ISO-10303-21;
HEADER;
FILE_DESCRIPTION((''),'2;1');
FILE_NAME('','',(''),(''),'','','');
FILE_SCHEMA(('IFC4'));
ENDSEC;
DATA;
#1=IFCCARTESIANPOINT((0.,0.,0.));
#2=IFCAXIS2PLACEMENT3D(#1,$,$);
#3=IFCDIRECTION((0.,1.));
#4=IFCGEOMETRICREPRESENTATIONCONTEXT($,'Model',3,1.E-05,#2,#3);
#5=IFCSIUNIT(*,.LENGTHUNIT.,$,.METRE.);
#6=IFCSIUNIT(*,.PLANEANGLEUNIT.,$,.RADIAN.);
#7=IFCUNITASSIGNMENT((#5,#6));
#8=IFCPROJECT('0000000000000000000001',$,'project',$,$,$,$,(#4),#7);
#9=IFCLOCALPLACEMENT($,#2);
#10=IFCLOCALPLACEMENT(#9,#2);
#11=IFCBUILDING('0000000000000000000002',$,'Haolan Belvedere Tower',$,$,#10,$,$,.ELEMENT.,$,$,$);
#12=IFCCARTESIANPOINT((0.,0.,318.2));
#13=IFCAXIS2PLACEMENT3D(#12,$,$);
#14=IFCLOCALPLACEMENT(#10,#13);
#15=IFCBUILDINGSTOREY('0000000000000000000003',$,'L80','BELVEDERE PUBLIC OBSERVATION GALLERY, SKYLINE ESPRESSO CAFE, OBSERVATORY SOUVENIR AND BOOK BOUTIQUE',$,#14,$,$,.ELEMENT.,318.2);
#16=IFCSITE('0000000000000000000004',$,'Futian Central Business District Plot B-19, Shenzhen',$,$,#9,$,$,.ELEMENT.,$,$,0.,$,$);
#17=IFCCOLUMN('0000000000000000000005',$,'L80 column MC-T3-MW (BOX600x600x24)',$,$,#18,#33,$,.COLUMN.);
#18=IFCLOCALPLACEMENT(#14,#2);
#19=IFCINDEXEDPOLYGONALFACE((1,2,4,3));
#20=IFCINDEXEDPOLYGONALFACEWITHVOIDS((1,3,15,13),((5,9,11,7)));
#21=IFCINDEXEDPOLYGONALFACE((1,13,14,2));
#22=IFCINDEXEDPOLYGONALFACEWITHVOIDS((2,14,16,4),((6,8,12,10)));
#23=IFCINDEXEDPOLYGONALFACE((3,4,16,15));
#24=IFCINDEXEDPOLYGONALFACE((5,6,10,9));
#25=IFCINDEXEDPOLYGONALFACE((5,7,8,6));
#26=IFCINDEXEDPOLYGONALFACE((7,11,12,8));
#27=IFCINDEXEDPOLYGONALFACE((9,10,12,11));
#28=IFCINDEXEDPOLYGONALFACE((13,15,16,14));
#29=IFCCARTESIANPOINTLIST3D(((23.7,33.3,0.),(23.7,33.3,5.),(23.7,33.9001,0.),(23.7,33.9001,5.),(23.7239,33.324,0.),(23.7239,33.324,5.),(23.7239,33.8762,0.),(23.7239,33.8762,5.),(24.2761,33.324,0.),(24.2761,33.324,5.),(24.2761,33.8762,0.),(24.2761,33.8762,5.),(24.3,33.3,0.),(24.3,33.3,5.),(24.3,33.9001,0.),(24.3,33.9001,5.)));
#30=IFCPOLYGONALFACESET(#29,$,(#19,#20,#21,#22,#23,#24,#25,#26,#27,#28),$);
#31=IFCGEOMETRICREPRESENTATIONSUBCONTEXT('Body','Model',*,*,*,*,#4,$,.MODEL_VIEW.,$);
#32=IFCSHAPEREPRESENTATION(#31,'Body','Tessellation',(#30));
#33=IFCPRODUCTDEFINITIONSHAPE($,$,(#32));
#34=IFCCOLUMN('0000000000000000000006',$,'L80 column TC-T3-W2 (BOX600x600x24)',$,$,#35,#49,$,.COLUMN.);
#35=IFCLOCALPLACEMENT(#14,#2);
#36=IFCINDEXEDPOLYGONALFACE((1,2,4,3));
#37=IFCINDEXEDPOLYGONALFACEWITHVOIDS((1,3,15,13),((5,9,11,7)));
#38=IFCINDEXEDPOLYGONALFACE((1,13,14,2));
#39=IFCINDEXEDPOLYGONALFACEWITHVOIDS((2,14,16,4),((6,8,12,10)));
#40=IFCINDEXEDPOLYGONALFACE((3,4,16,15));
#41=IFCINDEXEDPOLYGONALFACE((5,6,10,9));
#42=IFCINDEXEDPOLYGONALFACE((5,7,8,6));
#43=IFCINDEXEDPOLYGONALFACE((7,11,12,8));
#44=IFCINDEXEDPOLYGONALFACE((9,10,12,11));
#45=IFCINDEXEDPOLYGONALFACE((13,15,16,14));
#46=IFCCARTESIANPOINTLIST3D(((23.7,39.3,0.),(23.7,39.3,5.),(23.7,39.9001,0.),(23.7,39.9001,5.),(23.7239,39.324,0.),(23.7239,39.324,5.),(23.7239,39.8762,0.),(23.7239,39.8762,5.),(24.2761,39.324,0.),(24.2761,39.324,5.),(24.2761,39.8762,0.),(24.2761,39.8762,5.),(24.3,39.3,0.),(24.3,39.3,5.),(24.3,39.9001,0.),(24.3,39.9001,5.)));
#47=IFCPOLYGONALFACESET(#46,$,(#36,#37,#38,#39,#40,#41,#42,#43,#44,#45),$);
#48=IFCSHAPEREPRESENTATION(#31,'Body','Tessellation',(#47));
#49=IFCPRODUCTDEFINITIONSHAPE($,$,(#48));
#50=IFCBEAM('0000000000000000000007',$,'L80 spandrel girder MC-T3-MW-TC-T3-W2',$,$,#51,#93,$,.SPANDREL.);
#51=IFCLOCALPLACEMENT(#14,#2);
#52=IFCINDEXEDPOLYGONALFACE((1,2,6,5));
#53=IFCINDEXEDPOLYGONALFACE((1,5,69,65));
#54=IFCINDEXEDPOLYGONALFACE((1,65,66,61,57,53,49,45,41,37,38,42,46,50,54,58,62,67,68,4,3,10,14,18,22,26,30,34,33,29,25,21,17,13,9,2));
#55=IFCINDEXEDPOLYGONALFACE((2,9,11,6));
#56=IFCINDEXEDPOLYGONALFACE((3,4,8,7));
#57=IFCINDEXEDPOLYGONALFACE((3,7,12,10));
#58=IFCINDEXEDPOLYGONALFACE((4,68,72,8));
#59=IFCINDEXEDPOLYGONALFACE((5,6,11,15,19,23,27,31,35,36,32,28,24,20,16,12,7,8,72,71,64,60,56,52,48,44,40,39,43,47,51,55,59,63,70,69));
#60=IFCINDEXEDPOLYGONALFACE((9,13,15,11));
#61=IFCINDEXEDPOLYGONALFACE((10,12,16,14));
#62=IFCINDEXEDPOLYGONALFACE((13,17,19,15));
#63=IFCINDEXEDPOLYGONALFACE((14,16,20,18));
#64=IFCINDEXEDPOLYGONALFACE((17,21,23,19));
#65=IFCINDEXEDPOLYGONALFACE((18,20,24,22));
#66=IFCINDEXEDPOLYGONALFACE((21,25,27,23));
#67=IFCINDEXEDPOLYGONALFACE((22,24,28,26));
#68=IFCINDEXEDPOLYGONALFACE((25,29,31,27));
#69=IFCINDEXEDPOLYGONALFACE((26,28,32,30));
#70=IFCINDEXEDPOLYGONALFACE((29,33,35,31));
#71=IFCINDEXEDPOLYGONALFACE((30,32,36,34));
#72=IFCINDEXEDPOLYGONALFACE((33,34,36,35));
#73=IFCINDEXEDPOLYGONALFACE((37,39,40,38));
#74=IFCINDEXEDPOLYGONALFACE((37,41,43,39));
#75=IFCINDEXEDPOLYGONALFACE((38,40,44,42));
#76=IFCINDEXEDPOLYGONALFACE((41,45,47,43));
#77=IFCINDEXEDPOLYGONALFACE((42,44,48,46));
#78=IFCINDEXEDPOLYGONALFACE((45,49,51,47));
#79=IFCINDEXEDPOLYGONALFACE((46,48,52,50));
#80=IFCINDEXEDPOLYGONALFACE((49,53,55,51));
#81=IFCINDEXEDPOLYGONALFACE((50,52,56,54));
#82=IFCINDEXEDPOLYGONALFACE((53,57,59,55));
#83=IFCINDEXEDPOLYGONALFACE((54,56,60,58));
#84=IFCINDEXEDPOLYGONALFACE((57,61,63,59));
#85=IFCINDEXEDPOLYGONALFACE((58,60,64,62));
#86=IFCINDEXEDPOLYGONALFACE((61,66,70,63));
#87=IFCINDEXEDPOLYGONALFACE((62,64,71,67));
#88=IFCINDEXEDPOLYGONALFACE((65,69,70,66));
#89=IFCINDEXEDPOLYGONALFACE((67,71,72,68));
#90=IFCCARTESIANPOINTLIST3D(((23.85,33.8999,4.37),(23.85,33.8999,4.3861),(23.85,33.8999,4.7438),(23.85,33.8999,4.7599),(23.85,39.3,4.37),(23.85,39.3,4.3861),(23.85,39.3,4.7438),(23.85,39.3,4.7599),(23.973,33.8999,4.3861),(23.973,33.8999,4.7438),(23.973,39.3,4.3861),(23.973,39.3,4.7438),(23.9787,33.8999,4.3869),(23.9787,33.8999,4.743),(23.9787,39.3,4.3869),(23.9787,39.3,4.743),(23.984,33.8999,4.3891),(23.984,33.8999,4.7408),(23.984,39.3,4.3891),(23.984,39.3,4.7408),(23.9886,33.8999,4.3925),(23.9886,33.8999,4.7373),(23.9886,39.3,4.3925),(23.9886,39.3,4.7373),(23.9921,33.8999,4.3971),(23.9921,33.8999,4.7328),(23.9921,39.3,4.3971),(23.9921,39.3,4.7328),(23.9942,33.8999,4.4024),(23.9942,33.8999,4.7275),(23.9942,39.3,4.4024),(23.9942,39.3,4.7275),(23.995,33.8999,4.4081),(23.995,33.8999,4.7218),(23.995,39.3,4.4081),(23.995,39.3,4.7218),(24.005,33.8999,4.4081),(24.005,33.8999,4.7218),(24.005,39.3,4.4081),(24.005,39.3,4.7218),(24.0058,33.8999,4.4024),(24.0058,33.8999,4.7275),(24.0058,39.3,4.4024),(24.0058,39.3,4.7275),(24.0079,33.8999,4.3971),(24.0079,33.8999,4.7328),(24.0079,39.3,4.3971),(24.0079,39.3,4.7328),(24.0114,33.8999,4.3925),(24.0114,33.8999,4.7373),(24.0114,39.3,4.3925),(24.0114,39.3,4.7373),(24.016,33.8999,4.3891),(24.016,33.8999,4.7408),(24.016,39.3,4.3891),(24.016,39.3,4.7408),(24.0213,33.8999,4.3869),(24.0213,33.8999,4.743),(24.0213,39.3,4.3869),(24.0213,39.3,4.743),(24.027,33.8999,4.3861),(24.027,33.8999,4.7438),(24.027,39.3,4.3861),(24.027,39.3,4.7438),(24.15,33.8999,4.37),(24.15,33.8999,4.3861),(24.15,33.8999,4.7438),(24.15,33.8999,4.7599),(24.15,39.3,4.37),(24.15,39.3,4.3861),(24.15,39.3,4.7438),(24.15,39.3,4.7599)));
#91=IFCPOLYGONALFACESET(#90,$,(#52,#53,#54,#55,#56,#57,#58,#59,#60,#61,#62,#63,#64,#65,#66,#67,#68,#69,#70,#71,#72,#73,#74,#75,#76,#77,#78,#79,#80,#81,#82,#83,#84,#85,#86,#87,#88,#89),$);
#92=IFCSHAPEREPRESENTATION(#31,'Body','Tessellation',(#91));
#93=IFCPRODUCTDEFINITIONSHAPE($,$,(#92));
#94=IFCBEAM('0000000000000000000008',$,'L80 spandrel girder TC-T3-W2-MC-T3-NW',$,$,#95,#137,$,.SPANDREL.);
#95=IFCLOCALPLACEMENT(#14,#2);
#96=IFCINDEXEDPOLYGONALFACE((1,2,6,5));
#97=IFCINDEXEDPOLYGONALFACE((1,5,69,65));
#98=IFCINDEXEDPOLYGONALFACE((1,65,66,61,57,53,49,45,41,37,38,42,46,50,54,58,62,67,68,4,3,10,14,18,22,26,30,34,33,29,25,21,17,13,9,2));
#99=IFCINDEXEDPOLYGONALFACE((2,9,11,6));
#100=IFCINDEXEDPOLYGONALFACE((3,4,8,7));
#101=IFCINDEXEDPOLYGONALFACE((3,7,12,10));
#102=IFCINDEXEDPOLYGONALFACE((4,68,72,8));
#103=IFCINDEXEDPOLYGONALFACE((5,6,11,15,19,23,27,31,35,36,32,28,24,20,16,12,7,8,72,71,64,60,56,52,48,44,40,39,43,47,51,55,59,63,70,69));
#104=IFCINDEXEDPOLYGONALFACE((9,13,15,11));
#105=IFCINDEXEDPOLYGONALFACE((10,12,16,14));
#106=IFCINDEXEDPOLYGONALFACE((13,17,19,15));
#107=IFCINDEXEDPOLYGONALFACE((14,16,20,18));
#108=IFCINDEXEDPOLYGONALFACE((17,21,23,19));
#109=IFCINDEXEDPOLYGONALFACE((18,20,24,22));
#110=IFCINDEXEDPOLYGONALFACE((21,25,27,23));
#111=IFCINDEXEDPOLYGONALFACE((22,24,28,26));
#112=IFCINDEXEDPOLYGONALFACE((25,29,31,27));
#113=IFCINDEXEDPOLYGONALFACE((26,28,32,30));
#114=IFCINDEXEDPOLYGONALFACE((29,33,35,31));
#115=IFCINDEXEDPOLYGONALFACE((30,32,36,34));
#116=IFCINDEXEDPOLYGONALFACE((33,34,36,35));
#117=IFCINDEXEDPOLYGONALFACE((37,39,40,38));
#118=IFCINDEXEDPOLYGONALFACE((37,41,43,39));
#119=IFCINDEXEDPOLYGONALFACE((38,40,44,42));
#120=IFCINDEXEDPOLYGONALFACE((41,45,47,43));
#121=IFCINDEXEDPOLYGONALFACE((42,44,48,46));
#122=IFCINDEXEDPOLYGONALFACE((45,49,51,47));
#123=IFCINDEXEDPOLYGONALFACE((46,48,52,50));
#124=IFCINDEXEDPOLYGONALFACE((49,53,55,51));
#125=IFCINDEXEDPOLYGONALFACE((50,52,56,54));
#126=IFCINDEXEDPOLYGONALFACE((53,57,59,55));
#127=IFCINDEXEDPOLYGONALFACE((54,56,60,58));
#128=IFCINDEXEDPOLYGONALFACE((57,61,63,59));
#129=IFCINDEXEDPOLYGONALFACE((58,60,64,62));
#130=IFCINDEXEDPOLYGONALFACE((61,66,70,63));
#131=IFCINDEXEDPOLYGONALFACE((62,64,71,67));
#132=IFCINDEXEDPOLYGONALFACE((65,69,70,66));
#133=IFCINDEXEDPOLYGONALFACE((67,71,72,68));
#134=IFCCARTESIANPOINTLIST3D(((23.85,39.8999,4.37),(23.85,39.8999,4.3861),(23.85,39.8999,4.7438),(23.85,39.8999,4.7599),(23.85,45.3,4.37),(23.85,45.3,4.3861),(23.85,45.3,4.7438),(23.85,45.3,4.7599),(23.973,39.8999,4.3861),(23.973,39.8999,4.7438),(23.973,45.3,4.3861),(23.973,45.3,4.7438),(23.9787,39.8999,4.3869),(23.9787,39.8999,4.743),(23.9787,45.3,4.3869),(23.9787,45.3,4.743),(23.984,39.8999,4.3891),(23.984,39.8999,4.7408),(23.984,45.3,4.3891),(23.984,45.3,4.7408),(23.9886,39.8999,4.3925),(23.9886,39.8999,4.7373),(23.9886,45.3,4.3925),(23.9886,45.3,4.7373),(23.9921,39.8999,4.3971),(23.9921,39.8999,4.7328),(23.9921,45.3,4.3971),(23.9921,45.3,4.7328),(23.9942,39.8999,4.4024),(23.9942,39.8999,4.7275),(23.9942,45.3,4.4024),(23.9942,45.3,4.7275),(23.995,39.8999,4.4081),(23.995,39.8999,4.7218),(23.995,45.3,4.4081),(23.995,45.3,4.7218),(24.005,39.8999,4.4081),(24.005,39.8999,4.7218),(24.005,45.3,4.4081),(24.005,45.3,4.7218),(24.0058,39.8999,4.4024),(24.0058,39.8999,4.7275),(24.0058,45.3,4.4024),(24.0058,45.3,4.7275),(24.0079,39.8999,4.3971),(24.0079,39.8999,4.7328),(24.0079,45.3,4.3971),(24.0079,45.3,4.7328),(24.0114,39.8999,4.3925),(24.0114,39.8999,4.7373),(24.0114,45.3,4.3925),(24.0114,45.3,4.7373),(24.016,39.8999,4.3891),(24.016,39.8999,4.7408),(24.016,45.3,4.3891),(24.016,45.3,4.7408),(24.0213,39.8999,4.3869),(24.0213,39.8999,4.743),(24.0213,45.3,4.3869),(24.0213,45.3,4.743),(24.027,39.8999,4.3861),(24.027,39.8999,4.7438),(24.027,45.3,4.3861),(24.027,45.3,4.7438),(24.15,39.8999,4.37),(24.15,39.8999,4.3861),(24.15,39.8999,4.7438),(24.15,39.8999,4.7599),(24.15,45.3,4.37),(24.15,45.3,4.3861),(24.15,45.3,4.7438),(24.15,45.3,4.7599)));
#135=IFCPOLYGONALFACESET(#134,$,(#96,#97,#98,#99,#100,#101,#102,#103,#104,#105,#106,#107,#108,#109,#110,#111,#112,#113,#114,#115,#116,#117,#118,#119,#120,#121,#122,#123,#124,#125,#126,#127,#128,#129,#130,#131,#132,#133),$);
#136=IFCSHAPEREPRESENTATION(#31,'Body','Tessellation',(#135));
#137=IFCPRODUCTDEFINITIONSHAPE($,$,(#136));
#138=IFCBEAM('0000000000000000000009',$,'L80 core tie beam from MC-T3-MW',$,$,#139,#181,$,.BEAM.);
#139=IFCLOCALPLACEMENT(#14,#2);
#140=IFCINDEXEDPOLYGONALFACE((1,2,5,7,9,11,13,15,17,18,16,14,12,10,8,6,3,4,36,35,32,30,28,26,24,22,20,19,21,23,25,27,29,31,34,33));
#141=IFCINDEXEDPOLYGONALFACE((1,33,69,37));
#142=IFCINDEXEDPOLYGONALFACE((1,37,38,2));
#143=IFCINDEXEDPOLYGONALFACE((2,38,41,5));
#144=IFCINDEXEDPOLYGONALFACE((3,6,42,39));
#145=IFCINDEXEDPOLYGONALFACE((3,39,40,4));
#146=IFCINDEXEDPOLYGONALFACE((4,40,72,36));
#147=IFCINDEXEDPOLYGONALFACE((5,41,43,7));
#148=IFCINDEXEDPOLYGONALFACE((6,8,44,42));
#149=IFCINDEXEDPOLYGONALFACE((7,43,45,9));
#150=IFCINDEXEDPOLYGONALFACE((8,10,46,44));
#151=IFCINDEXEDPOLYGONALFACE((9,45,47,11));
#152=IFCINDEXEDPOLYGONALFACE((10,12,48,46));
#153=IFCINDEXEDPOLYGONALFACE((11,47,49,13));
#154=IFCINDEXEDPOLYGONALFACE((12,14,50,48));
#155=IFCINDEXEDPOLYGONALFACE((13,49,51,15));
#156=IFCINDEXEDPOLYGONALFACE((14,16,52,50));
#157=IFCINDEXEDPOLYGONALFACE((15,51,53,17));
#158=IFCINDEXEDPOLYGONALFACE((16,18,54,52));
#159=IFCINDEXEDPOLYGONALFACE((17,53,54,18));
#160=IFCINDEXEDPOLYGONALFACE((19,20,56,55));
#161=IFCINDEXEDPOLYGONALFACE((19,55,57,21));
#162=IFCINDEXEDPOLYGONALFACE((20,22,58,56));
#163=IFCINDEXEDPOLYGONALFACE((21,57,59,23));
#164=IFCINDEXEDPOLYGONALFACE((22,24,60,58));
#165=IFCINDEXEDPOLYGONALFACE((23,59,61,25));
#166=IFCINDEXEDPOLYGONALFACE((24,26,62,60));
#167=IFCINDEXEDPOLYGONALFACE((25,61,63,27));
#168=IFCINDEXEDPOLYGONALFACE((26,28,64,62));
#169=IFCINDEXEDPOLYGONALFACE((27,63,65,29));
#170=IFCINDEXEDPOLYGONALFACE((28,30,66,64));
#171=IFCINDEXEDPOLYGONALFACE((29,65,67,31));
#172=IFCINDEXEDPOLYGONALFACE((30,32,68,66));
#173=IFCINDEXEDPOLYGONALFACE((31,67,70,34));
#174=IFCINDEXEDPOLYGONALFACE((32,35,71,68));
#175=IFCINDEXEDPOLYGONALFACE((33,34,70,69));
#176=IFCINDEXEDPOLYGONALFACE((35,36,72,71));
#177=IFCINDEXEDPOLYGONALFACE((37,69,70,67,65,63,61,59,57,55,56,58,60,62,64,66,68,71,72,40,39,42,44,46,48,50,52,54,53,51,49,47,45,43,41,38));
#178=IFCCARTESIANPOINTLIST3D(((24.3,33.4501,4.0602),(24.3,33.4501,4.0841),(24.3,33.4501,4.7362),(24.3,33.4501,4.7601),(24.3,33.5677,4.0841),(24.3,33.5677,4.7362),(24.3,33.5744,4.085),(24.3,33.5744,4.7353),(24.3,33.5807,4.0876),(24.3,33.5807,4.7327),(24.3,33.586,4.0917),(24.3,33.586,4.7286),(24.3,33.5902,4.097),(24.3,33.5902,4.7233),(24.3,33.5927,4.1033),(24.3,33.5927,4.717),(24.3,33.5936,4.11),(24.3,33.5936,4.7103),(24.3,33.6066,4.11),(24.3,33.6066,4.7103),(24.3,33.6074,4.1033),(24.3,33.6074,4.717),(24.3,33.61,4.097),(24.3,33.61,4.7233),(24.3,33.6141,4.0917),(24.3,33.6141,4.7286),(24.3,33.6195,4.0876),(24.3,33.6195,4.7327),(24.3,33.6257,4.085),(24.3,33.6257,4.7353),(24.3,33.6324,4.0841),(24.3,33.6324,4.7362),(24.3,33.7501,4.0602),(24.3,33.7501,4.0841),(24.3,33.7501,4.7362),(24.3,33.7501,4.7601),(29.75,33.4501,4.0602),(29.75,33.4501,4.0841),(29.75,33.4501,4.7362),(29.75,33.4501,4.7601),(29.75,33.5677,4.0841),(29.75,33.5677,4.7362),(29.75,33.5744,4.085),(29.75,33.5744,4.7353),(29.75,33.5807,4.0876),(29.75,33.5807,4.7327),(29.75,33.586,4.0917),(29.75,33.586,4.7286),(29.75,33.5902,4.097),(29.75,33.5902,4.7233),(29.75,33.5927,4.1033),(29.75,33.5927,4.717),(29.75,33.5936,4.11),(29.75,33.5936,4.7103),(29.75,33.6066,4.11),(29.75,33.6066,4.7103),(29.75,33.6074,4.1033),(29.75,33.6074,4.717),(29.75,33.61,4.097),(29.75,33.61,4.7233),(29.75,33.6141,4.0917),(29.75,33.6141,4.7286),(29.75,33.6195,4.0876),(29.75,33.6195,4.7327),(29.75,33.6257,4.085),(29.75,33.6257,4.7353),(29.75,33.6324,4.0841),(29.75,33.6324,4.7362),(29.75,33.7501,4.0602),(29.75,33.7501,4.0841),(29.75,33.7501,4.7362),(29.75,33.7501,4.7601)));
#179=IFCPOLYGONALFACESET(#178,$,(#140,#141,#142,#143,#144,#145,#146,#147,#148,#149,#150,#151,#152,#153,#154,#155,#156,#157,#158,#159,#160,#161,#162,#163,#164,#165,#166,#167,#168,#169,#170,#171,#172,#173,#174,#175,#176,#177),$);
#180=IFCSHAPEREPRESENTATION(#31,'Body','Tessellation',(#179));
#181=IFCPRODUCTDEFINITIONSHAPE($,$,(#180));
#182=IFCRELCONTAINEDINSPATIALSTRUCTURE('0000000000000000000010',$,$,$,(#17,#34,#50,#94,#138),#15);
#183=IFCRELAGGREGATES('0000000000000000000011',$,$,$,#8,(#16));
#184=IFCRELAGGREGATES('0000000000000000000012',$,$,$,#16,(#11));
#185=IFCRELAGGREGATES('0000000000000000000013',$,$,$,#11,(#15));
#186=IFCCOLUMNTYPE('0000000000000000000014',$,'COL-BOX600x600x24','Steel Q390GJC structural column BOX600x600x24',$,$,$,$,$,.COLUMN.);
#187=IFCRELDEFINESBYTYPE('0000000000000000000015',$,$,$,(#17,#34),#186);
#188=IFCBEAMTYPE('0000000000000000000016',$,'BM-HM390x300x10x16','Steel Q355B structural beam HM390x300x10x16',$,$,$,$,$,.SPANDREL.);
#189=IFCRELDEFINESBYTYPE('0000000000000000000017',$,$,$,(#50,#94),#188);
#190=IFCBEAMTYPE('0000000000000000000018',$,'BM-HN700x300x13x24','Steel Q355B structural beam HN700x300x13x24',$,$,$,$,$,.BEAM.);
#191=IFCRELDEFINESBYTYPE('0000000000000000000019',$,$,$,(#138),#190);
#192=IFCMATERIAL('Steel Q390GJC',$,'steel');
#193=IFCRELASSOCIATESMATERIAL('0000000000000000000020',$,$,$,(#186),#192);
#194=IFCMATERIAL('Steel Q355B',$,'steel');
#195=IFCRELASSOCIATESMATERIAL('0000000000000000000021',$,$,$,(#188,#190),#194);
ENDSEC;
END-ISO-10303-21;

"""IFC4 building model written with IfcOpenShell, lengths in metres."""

from ifc_helpers import new_model, si_unit, direction, frame, origin, origin_2d, place, context, subcontext, project, spatial, hollow_rectangle, i_section, extrude, material, material_profile, profile_set, type_object, element, save


model = new_model("IFC4")

# Units and contexts
model_context = context("Model", 3, precision=1e-05, world=origin(), true_north=direction((0.0, 1.0)))
body_context = subcontext(model_context, "Body", "Model", "MODEL_VIEW")
ifc_project = project(units=[si_unit("LENGTHUNIT", "METRE"), si_unit("PLANEANGLEUNIT", "RADIAN")], contexts=[model_context])

# Site, building, storey
site_placement = place(None, origin())
site = spatial("IfcSite", under=ifc_project, at=site_placement, Name="Futian Central Business District Plot B-19, Shenzhen", CompositionType="ELEMENT", RefElevation=0.0)
building_placement = place(site_placement, origin())
building = spatial("IfcBuilding", under=site, at=building_placement, Name="Haolan Belvedere Tower", CompositionType="ELEMENT")
storey_placement = place(building_placement, frame((0.0, 0.0, 318.2)))
storey = spatial("IfcBuildingStorey", under=building, at=storey_placement, Name="L80", Description="BELVEDERE PUBLIC OBSERVATION GALLERY, SKYLINE ESPRESSO CAFE, OBSERVATORY SOUVENIR AND BOOK BOUTIQUE", CompositionType="ELEMENT", Elevation=318.2)

# Columns
ifc_material_1 = material(Name="Steel Q390GJC", Category="steel")
ifc_material_profile_1 = material_profile(ifc_material_1, hollow_rectangle(XDim=0.6001, YDim=0.6001, WallThickness=0.0239, at=origin_2d()), Name="Steel Q390GJC")
ifc_profile_set_1 = profile_set([ifc_material_profile_1], Name="Steel Q390GJC")
column_type = type_object("IfcColumnType", Name="COL-BOX600x600x24", Description="Steel Q390GJC structural column BOX600x600x24", PredefinedType="COLUMN", material=ifc_profile_set_1)
for number, where, z_axis, x_axis, name in (
    (1, (24.0, 33.6001, 0.0), (0.0, 0.0, 1.0), (1.0, 0.0, 0.0), "L80 column MC-T3-MW (BOX600x600x24)"),
    (2, (24.0, 39.6001, 0.0), (0.0, 0.0, 1.0), (1.0, 0.0, 0.0), "L80 column TC-T3-W2 (BOX600x600x24)"),
):
    element("IfcColumn", number, at=place(storey_placement, frame(where, z_axis=z_axis, x_axis=x_axis)), inside=storey, type_object=column_type, Name=name, PredefinedType="COLUMN", context=body_context, shape_type="SweptSolid", body=[
        extrude(hollow_rectangle(XDim=0.6001, YDim=0.6001, WallThickness=0.0239, at=origin_2d()), origin(), (0.0, 0.0, 1.0), 5.0),
    ])

# Beams
ifc_material_2 = material(Name="Steel Q355B", Category="steel")
ifc_material_profile_2 = material_profile(ifc_material_2, i_section(OverallWidth=0.3, OverallDepth=0.3899, WebThickness=0.01, FlangeThickness=0.0161, FilletRadius=0.022, at=origin_2d()), Name="Steel Q355B")
ifc_profile_set_2 = profile_set([ifc_material_profile_2], Name="Steel Q355B")
beam_type_1 = type_object("IfcBeamType", Name="BM-HM390x300x10x16", Description="Steel Q355B structural beam HM390x300x10x16", PredefinedType="SPANDREL", material=ifc_profile_set_2)
for number, where, z_axis, x_axis, name in (
    (3, (24.0, 33.8999, 4.5649), (0.0, 1.0, 0.0), (-1.0, 0.0, 0.0), "L80 spandrel girder MC-T3-MW-TC-T3-W2"),
    (4, (24.0, 39.8999, 4.5649), (0.0, 1.0, 0.0), (-1.0, 0.0, 0.0), "L80 spandrel girder TC-T3-W2-MC-T3-NW"),
):
    element("IfcBeam", number, at=place(storey_placement, frame(where, z_axis=z_axis, x_axis=x_axis)), inside=storey, type_object=beam_type_1, Name=name, PredefinedType="SPANDREL", context=body_context, shape_type="SweptSolid", body=[
        extrude(i_section(OverallWidth=0.3, OverallDepth=0.3899, WebThickness=0.01, FlangeThickness=0.0161, FilletRadius=0.022, at=origin_2d()), origin(), (0.0, 0.0, 1.0), 5.4001),
    ])
ifc_material_profile_3 = material_profile(ifc_material_2, i_section(OverallWidth=0.3, OverallDepth=0.7, WebThickness=0.0129, FlangeThickness=0.0239, FilletRadius=0.0259, at=origin_2d()), Name="Steel Q355B")
ifc_profile_set_3 = profile_set([ifc_material_profile_3], Name="Steel Q355B")
beam_type_2 = type_object("IfcBeamType", Name="BM-HN700x300x13x24", Description="Steel Q355B structural beam HN700x300x13x24", PredefinedType="BEAM", material=ifc_profile_set_3)
for number, where, z_axis, x_axis, name in (
    (5, (24.3, 33.6001, 4.4102), (1.0, 0.0, 0.0), (0.0, 1.0, 0.0), "L80 core tie beam from MC-T3-MW"),
):
    element("IfcBeam", number, at=place(storey_placement, frame(where, z_axis=z_axis, x_axis=x_axis)), inside=storey, type_object=beam_type_2, Name=name, PredefinedType="BEAM", context=body_context, shape_type="SweptSolid", body=[
        extrude(i_section(OverallWidth=0.3, OverallDepth=0.7, WebThickness=0.0129, FlangeThickness=0.0239, FilletRadius=0.0259, at=origin_2d()), origin(), (0.0, 0.0, 1.0), 5.45),
    ])

save(model, "model.ifc")
